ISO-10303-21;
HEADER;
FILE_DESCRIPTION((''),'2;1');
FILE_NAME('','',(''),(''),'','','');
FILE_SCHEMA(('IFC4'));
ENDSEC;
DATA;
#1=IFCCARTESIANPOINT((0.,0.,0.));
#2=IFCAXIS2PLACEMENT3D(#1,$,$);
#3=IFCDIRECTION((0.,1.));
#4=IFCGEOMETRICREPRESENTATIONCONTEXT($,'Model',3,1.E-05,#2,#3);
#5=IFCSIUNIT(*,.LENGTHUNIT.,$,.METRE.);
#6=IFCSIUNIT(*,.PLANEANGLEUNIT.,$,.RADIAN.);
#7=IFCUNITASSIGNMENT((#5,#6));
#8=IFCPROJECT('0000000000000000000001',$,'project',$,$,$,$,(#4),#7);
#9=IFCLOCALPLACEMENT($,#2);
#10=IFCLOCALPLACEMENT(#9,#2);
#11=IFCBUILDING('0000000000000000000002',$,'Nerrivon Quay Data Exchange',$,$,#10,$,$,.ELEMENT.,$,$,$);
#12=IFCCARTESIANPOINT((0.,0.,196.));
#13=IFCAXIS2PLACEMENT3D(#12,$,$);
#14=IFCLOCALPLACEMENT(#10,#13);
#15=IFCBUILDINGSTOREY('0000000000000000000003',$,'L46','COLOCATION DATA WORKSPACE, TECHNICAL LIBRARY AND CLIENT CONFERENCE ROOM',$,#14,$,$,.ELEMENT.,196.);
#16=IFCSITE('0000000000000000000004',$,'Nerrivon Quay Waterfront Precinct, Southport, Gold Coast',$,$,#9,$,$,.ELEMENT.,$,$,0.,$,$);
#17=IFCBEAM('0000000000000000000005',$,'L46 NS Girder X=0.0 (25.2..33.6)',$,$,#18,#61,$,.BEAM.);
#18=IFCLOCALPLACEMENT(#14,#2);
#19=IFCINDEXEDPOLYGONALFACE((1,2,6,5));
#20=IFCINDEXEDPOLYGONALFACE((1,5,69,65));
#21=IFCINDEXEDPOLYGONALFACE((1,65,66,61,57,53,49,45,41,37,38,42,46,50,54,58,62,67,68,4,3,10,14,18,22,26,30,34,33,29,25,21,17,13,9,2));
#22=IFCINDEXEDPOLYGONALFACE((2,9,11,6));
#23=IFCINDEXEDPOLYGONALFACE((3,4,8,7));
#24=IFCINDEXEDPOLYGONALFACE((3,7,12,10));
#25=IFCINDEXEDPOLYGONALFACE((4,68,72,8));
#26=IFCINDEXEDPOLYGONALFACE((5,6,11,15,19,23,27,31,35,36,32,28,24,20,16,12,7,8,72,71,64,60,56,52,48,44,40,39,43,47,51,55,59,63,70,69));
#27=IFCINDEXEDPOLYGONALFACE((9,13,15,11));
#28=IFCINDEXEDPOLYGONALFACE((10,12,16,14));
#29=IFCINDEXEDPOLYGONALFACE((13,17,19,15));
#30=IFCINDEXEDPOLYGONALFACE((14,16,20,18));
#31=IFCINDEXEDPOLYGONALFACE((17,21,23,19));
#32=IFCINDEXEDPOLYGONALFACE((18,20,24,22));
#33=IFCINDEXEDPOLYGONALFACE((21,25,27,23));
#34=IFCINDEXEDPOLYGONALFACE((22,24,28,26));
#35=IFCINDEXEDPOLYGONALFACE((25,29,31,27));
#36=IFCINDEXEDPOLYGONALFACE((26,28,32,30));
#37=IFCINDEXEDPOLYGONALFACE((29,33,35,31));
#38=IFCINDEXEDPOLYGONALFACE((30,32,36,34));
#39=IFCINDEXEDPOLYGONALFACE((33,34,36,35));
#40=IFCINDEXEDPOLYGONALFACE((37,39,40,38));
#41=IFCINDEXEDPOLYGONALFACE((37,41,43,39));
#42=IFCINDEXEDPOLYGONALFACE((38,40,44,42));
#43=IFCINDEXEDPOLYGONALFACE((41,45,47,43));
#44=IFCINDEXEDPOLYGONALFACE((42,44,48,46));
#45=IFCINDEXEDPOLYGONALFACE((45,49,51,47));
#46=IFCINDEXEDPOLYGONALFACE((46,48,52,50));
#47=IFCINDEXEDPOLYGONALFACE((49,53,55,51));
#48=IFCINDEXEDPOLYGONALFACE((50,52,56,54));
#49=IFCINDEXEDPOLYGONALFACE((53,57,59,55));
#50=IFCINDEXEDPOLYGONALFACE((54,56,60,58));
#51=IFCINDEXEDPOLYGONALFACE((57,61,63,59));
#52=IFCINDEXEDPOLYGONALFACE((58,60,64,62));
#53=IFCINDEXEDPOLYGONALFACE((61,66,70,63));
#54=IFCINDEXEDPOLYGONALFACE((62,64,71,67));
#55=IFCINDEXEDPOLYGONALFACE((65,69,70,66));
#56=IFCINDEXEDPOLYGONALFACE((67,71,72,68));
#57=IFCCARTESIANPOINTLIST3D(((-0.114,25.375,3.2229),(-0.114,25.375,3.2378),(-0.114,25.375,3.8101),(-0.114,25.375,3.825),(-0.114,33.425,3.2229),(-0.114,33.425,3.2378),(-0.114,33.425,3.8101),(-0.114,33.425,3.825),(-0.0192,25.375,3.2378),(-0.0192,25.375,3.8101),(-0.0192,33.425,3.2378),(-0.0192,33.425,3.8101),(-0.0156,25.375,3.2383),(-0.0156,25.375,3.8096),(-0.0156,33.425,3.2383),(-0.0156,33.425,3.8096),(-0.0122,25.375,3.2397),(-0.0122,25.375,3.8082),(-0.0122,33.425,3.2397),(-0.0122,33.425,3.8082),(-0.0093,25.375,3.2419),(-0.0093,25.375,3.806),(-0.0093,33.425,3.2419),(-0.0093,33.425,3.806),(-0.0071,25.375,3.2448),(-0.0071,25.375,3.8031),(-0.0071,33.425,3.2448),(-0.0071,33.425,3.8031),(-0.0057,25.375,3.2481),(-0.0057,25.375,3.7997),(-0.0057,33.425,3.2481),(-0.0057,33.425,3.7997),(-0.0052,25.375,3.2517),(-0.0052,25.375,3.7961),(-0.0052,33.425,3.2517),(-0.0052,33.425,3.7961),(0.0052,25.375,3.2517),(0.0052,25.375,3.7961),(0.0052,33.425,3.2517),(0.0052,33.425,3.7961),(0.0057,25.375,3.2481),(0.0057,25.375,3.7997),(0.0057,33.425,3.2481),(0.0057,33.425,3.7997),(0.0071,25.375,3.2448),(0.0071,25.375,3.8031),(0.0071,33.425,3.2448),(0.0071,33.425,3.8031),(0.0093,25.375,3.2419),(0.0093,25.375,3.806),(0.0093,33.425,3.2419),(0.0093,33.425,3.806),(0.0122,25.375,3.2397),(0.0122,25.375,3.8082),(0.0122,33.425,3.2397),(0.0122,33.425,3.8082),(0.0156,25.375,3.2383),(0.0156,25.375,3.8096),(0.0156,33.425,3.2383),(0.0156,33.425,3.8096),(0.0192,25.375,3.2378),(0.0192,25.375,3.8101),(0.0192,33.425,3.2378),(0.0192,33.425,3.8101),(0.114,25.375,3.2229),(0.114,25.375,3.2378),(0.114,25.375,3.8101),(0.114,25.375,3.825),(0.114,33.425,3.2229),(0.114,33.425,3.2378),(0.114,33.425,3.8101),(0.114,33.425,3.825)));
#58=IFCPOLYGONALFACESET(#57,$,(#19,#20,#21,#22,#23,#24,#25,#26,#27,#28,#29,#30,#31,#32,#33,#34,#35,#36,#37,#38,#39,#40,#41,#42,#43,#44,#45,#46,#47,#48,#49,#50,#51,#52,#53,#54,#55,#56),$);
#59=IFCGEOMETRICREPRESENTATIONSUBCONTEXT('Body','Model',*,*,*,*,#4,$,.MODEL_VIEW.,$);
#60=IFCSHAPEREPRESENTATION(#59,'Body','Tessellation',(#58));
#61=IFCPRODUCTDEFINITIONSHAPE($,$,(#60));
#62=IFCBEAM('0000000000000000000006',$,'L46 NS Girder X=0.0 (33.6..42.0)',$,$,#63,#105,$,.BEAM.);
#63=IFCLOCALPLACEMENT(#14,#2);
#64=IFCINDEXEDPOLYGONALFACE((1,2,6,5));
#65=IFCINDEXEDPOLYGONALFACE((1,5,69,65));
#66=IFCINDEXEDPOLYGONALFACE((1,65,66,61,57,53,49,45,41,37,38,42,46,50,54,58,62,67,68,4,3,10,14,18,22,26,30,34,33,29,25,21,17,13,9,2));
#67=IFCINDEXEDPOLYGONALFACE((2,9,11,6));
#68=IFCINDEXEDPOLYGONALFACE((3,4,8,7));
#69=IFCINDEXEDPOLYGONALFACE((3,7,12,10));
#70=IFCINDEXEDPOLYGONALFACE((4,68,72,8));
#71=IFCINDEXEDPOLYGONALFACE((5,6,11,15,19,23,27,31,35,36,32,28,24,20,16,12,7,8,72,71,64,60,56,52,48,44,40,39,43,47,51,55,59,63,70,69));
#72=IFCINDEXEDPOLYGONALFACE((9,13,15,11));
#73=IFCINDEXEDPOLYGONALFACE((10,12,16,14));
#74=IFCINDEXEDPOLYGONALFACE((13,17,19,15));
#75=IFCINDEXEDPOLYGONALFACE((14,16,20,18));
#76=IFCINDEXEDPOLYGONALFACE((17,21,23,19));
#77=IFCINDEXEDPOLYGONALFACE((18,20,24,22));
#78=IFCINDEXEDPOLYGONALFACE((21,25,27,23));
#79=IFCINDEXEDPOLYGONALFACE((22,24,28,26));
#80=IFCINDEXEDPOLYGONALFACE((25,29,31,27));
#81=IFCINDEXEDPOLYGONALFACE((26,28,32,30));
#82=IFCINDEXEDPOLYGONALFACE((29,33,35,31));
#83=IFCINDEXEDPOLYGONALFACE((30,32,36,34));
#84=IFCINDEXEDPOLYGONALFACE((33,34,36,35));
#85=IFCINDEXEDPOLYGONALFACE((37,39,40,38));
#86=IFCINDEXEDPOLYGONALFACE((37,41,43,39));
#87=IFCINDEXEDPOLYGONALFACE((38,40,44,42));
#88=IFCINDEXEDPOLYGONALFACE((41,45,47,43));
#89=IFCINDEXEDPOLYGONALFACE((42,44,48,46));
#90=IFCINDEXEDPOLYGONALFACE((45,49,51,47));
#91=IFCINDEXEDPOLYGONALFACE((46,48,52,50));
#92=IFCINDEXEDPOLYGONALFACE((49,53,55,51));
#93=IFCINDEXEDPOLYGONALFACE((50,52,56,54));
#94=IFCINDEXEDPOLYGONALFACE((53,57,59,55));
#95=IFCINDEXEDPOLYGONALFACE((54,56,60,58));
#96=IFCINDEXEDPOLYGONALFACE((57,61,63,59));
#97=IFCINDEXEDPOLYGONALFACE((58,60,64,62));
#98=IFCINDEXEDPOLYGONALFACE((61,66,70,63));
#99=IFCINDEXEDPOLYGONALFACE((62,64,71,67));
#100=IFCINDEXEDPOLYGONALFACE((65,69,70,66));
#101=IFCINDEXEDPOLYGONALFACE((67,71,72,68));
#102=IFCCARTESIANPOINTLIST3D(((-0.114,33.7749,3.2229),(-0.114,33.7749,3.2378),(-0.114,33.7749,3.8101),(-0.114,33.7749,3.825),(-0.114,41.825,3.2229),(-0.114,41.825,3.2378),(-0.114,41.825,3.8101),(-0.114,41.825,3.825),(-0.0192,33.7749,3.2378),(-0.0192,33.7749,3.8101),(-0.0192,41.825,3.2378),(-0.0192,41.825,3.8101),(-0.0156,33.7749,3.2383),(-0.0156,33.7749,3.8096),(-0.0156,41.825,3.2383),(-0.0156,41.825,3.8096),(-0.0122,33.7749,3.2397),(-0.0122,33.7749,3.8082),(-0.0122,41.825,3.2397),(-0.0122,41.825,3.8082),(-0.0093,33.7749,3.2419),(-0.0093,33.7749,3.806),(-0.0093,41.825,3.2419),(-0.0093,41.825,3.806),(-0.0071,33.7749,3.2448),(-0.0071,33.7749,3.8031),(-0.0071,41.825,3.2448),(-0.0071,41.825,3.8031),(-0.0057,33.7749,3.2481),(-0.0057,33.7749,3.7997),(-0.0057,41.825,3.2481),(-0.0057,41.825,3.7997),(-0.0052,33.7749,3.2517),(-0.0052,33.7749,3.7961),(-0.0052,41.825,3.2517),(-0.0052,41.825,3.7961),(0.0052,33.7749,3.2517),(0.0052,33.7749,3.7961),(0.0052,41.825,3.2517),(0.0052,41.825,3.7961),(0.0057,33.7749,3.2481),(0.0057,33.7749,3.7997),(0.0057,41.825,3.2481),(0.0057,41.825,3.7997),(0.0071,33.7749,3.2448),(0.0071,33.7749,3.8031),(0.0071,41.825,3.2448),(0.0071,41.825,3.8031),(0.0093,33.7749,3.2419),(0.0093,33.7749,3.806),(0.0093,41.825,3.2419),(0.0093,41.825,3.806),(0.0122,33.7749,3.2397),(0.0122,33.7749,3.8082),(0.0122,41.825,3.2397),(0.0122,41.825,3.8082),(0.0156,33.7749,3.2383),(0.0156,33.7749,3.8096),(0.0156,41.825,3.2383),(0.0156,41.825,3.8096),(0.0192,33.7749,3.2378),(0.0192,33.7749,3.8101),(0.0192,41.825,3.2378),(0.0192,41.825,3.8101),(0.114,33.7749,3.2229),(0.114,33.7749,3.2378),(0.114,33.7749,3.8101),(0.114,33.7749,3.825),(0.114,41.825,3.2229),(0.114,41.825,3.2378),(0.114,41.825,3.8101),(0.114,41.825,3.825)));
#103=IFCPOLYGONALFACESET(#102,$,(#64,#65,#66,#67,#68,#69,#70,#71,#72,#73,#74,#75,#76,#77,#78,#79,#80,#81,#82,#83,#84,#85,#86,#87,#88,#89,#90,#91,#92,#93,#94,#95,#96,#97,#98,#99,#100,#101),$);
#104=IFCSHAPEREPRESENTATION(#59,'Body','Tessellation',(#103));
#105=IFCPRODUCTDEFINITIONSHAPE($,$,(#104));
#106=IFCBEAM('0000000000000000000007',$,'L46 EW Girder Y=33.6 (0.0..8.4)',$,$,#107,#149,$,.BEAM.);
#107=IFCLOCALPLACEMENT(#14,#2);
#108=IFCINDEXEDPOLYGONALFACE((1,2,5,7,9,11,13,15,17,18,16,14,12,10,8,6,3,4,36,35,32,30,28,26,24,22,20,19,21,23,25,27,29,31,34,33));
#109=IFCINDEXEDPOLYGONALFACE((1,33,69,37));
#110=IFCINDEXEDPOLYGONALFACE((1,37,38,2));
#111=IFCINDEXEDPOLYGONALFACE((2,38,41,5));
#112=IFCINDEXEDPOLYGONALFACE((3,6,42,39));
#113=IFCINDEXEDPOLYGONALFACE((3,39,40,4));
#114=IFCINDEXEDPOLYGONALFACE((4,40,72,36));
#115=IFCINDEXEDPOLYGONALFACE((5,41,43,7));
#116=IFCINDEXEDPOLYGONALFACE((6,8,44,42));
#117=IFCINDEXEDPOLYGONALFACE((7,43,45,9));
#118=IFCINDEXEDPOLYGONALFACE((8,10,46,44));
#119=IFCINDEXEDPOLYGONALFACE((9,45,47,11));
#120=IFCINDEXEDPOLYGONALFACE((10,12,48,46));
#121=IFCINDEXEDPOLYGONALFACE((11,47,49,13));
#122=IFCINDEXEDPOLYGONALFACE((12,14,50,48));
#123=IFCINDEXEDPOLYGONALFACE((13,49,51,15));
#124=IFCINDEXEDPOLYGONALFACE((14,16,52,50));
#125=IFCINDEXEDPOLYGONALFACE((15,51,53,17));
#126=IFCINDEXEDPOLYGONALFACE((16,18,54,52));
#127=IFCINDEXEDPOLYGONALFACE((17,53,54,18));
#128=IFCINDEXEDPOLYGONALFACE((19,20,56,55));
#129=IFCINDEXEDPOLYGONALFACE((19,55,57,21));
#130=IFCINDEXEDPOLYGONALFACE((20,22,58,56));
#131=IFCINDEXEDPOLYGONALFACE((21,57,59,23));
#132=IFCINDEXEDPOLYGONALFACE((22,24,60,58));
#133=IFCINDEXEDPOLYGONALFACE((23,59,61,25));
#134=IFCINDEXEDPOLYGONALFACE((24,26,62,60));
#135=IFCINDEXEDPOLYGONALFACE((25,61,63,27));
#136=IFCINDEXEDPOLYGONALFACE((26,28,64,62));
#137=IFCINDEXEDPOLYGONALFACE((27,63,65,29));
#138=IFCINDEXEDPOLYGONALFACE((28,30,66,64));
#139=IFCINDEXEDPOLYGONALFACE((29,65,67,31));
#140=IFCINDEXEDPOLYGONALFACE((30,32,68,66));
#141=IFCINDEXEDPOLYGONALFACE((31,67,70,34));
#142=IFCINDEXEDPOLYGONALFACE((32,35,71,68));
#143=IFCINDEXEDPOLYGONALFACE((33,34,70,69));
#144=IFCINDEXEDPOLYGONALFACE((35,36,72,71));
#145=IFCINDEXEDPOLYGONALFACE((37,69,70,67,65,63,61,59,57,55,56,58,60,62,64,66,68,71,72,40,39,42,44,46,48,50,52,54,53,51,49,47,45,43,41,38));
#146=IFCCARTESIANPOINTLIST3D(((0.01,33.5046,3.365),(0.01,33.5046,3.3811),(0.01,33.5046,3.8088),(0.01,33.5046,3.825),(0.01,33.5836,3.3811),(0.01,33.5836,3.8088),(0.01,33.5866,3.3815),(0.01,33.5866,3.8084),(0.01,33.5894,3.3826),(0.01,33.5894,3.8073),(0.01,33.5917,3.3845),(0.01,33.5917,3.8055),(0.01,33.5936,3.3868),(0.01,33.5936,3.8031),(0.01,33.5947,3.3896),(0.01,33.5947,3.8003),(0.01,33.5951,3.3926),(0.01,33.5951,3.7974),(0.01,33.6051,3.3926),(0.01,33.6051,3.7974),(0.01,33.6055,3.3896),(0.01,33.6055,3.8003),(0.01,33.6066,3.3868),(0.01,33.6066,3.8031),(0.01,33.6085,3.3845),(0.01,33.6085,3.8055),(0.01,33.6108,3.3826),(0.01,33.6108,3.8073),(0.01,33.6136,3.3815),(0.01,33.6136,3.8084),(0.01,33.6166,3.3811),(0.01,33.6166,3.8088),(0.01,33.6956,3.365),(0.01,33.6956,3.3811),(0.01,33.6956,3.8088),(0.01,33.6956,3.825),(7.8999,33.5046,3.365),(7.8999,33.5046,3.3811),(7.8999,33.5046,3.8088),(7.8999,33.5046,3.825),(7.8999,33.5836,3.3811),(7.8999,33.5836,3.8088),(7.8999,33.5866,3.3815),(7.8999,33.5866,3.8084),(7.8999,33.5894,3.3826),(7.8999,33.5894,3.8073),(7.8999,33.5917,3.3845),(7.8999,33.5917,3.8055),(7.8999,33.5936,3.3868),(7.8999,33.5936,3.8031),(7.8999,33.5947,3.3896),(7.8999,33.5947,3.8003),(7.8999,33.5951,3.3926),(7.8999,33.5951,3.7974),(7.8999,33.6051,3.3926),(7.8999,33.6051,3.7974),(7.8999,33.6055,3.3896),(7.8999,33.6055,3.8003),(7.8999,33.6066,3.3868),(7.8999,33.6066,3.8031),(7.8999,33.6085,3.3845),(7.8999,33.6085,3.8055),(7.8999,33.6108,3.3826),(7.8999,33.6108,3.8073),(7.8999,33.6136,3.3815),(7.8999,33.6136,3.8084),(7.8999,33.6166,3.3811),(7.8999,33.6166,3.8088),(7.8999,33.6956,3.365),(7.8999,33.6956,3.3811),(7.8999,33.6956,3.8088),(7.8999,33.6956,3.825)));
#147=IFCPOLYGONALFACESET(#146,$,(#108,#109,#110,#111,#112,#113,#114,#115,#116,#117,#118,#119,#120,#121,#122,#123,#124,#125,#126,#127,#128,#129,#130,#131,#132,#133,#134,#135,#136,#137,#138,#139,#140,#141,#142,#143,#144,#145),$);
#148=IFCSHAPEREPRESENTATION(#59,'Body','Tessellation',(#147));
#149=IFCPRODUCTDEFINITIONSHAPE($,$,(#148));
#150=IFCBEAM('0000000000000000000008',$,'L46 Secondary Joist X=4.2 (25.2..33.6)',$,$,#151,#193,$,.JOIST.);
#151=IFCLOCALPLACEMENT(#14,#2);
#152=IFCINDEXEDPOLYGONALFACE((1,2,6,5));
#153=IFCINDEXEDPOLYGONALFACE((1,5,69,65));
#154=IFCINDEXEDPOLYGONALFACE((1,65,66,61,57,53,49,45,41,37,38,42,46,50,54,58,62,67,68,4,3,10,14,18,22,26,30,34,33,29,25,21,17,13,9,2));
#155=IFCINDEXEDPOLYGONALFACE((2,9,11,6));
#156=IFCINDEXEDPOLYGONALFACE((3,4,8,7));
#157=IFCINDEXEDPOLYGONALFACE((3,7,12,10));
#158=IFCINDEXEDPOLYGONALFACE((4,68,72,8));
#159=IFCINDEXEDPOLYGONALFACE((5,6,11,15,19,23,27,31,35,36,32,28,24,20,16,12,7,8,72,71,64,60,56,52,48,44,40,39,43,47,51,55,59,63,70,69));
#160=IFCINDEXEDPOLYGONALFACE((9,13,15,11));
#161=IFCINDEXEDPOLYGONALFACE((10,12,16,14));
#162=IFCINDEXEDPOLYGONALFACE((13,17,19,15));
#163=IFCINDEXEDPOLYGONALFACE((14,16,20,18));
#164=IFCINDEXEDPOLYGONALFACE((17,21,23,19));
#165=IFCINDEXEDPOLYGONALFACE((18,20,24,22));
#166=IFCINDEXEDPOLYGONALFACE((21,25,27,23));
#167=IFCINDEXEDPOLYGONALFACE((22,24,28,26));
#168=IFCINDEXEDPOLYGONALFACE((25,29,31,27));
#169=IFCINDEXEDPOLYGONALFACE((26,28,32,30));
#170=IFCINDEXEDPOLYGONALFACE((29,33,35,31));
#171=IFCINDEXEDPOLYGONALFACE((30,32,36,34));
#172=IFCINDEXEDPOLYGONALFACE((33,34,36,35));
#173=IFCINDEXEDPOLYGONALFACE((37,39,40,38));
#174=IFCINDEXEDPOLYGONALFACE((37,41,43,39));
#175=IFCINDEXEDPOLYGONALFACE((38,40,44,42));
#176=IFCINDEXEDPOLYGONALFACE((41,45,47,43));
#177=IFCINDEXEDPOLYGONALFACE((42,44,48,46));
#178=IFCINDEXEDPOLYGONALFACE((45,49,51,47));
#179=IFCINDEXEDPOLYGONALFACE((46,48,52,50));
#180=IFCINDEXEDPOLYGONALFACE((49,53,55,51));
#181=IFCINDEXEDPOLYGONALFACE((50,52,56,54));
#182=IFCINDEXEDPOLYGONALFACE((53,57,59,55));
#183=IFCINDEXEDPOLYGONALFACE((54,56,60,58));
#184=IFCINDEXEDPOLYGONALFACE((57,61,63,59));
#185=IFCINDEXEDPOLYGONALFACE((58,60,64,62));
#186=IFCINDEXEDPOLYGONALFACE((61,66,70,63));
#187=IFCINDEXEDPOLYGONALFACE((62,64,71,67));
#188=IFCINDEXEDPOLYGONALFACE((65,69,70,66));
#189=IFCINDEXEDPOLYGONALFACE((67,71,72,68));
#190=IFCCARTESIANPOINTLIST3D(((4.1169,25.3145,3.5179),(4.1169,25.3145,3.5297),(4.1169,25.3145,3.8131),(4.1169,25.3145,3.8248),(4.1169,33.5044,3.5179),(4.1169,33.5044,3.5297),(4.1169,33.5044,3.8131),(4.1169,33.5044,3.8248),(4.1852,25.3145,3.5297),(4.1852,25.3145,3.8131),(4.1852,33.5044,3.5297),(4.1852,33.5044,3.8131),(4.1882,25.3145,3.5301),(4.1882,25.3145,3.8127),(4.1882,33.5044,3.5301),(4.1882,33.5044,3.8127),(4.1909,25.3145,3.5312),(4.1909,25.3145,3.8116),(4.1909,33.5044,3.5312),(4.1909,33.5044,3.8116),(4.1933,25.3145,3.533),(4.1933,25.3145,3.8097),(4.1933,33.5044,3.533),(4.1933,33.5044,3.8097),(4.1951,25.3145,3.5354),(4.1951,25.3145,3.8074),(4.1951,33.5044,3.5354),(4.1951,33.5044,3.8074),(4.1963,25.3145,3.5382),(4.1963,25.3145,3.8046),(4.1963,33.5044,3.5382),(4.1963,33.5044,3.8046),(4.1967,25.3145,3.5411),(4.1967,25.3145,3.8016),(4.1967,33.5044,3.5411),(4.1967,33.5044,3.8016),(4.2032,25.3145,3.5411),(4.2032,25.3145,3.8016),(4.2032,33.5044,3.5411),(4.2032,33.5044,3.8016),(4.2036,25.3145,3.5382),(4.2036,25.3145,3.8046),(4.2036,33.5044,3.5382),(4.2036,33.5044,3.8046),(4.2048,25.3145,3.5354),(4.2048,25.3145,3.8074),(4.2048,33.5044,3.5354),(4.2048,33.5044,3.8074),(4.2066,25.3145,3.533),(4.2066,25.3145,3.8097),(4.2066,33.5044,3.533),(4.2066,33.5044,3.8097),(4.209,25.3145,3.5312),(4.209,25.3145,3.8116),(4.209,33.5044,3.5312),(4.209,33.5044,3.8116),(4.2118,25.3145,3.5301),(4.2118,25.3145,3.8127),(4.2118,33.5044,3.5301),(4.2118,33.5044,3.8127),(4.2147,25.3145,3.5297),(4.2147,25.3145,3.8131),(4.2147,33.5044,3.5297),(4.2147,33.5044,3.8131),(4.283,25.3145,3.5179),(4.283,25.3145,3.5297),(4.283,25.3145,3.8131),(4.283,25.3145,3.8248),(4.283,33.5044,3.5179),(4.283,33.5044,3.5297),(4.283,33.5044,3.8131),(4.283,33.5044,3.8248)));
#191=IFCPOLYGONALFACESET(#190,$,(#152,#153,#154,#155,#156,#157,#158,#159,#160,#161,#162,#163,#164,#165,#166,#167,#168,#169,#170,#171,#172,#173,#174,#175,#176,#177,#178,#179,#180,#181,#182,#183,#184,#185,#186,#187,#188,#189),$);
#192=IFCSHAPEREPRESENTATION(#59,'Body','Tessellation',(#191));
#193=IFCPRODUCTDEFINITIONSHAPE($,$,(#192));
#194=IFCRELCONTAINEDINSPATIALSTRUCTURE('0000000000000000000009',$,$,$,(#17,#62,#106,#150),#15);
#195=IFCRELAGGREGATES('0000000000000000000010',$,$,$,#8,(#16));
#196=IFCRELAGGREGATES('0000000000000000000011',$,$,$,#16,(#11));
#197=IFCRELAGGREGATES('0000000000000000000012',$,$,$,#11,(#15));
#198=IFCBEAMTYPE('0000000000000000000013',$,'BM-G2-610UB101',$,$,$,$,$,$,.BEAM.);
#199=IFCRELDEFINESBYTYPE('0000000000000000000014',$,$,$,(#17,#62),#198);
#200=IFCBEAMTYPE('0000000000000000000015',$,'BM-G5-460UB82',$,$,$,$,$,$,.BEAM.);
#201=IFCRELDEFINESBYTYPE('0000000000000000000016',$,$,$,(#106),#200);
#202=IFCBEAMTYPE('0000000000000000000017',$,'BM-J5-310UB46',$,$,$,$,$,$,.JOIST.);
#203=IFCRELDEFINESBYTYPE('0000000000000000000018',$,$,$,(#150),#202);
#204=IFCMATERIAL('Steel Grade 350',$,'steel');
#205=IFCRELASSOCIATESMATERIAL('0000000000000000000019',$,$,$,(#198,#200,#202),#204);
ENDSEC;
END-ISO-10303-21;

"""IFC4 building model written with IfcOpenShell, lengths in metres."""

from ifc_helpers import new_model, si_unit, direction, frame, origin, origin_2d, place, context, subcontext, project, spatial, i_section, extrude, material, material_profile, profile_set, type_object, element, save


model = new_model("IFC4")

# Units and contexts
model_context = context("Model", 3, precision=1e-05, world=origin(), true_north=direction((0.0, 1.0)))
body_context = subcontext(model_context, "Body", "Model", "MODEL_VIEW")
ifc_project = project(units=[si_unit("LENGTHUNIT", "METRE"), si_unit("PLANEANGLEUNIT", "RADIAN")], contexts=[model_context])

# Site, building, storey
site_placement = place(None, origin())
site = spatial("IfcSite", under=ifc_project, at=site_placement, Name="Nerrivon Quay Waterfront Precinct, Southport, Gold Coast", CompositionType="ELEMENT", RefElevation=0.0)
building_placement = place(site_placement, origin())
building = spatial("IfcBuilding", under=site, at=building_placement, Name="Nerrivon Quay Data Exchange", CompositionType="ELEMENT")
storey_placement = place(building_placement, frame((0.0, 0.0, 196.0)))
storey = spatial("IfcBuildingStorey", under=building, at=storey_placement, Name="L46", Description="COLOCATION DATA WORKSPACE, TECHNICAL LIBRARY AND CLIENT CONFERENCE ROOM", CompositionType="ELEMENT", Elevation=196.0)

# Shared definitions
ifc_material_1 = material(Name="Steel Grade 350", Category="steel")

# Beams
ifc_material_profile_1 = material_profile(ifc_material_1, i_section(OverallWidth=0.228, OverallDepth=0.6021, WebThickness=0.0105, FlangeThickness=0.0149, FilletRadius=0.0139, at=origin_2d()), Name="610UB101")
ifc_profile_set_1 = profile_set([ifc_material_profile_1], Name="Steel Grade 350")
beam_type_1 = type_object("IfcBeamType", Name="BM-G2-610UB101", PredefinedType="BEAM", material=ifc_profile_set_1)
for number, where, z_axis, x_axis, name in (
    (1, (0.0, 25.375, 3.5239), (0.0, 1.0, 0.0), (-1.0, 0.0, 0.0), "L46 NS Girder X=0.0 (25.2..33.6)"),
    (2, (0.0, 33.7749, 3.5239), (0.0, 1.0, 0.0), (-1.0, 0.0, 0.0), "L46 NS Girder X=0.0 (33.6..42.0)"),
):
    element("IfcBeam", number, at=place(storey_placement, frame(where, z_axis=z_axis, x_axis=x_axis)), inside=storey, type_object=beam_type_1, Name=name, PredefinedType="BEAM", context=body_context, shape_type="SweptSolid", body=[
        extrude(i_section(OverallWidth=0.228, OverallDepth=0.6021, WebThickness=0.0105, FlangeThickness=0.0149, FilletRadius=0.0139, at=origin_2d()), origin(), (0.0, 0.0, 1.0), 8.05),
    ])
ifc_material_profile_2 = material_profile(ifc_material_1, i_section(OverallWidth=0.1909, OverallDepth=0.46, WebThickness=0.01, FlangeThickness=0.0161, FilletRadius=0.0115, at=origin_2d()), Name="460UB82.1")
ifc_profile_set_2 = profile_set([ifc_material_profile_2], Name="Steel Grade 350")
beam_type_2 = type_object("IfcBeamType", Name="BM-G5-460UB82", PredefinedType="BEAM", material=ifc_profile_set_2)
beam_1_placement = place(storey_placement, frame((0.01, 33.6001, 3.595), z_axis=(1.0, 0.0, 0.0), x_axis=(0.0, 1.0, 0.0)))
element("IfcBeam", 3, at=beam_1_placement, inside=storey, type_object=beam_type_2, Name="L46 EW Girder Y=33.6 (0.0..8.4)", PredefinedType="BEAM", context=body_context, shape_type="SweptSolid", body=[
    extrude(i_section(OverallWidth=0.1909, OverallDepth=0.46, WebThickness=0.01, FlangeThickness=0.0161, FilletRadius=0.0115, at=origin_2d()), origin(), (0.0, 0.0, 1.0), 7.8899),
])
ifc_material_profile_3 = material_profile(ifc_material_1, i_section(OverallWidth=0.166, OverallDepth=0.3069, WebThickness=0.0066, FlangeThickness=0.0117, FilletRadius=0.0115, at=origin_2d()), Name="310UB46.2")
ifc_profile_set_3 = profile_set([ifc_material_profile_3], Name="Steel Grade 350")
beam_type_3 = type_object("IfcBeamType", Name="BM-J5-310UB46", PredefinedType="JOIST", material=ifc_profile_set_3)
beam_2_placement = place(storey_placement, frame((4.2, 25.3145, 3.6714), z_axis=(0.0, 1.0, 0.0), x_axis=(-1.0, 0.0, 0.0)))
element("IfcBeam", 4, at=beam_2_placement, inside=storey, type_object=beam_type_3, Name="L46 Secondary Joist X=4.2 (25.2..33.6)", PredefinedType="JOIST", context=body_context, shape_type="SweptSolid", body=[
    extrude(i_section(OverallWidth=0.166, OverallDepth=0.3069, WebThickness=0.0066, FlangeThickness=0.0117, FilletRadius=0.0115, at=origin_2d()), origin(), (0.0, 0.0, 1.0), 8.1899),
])

save(model, "model.ifc")
